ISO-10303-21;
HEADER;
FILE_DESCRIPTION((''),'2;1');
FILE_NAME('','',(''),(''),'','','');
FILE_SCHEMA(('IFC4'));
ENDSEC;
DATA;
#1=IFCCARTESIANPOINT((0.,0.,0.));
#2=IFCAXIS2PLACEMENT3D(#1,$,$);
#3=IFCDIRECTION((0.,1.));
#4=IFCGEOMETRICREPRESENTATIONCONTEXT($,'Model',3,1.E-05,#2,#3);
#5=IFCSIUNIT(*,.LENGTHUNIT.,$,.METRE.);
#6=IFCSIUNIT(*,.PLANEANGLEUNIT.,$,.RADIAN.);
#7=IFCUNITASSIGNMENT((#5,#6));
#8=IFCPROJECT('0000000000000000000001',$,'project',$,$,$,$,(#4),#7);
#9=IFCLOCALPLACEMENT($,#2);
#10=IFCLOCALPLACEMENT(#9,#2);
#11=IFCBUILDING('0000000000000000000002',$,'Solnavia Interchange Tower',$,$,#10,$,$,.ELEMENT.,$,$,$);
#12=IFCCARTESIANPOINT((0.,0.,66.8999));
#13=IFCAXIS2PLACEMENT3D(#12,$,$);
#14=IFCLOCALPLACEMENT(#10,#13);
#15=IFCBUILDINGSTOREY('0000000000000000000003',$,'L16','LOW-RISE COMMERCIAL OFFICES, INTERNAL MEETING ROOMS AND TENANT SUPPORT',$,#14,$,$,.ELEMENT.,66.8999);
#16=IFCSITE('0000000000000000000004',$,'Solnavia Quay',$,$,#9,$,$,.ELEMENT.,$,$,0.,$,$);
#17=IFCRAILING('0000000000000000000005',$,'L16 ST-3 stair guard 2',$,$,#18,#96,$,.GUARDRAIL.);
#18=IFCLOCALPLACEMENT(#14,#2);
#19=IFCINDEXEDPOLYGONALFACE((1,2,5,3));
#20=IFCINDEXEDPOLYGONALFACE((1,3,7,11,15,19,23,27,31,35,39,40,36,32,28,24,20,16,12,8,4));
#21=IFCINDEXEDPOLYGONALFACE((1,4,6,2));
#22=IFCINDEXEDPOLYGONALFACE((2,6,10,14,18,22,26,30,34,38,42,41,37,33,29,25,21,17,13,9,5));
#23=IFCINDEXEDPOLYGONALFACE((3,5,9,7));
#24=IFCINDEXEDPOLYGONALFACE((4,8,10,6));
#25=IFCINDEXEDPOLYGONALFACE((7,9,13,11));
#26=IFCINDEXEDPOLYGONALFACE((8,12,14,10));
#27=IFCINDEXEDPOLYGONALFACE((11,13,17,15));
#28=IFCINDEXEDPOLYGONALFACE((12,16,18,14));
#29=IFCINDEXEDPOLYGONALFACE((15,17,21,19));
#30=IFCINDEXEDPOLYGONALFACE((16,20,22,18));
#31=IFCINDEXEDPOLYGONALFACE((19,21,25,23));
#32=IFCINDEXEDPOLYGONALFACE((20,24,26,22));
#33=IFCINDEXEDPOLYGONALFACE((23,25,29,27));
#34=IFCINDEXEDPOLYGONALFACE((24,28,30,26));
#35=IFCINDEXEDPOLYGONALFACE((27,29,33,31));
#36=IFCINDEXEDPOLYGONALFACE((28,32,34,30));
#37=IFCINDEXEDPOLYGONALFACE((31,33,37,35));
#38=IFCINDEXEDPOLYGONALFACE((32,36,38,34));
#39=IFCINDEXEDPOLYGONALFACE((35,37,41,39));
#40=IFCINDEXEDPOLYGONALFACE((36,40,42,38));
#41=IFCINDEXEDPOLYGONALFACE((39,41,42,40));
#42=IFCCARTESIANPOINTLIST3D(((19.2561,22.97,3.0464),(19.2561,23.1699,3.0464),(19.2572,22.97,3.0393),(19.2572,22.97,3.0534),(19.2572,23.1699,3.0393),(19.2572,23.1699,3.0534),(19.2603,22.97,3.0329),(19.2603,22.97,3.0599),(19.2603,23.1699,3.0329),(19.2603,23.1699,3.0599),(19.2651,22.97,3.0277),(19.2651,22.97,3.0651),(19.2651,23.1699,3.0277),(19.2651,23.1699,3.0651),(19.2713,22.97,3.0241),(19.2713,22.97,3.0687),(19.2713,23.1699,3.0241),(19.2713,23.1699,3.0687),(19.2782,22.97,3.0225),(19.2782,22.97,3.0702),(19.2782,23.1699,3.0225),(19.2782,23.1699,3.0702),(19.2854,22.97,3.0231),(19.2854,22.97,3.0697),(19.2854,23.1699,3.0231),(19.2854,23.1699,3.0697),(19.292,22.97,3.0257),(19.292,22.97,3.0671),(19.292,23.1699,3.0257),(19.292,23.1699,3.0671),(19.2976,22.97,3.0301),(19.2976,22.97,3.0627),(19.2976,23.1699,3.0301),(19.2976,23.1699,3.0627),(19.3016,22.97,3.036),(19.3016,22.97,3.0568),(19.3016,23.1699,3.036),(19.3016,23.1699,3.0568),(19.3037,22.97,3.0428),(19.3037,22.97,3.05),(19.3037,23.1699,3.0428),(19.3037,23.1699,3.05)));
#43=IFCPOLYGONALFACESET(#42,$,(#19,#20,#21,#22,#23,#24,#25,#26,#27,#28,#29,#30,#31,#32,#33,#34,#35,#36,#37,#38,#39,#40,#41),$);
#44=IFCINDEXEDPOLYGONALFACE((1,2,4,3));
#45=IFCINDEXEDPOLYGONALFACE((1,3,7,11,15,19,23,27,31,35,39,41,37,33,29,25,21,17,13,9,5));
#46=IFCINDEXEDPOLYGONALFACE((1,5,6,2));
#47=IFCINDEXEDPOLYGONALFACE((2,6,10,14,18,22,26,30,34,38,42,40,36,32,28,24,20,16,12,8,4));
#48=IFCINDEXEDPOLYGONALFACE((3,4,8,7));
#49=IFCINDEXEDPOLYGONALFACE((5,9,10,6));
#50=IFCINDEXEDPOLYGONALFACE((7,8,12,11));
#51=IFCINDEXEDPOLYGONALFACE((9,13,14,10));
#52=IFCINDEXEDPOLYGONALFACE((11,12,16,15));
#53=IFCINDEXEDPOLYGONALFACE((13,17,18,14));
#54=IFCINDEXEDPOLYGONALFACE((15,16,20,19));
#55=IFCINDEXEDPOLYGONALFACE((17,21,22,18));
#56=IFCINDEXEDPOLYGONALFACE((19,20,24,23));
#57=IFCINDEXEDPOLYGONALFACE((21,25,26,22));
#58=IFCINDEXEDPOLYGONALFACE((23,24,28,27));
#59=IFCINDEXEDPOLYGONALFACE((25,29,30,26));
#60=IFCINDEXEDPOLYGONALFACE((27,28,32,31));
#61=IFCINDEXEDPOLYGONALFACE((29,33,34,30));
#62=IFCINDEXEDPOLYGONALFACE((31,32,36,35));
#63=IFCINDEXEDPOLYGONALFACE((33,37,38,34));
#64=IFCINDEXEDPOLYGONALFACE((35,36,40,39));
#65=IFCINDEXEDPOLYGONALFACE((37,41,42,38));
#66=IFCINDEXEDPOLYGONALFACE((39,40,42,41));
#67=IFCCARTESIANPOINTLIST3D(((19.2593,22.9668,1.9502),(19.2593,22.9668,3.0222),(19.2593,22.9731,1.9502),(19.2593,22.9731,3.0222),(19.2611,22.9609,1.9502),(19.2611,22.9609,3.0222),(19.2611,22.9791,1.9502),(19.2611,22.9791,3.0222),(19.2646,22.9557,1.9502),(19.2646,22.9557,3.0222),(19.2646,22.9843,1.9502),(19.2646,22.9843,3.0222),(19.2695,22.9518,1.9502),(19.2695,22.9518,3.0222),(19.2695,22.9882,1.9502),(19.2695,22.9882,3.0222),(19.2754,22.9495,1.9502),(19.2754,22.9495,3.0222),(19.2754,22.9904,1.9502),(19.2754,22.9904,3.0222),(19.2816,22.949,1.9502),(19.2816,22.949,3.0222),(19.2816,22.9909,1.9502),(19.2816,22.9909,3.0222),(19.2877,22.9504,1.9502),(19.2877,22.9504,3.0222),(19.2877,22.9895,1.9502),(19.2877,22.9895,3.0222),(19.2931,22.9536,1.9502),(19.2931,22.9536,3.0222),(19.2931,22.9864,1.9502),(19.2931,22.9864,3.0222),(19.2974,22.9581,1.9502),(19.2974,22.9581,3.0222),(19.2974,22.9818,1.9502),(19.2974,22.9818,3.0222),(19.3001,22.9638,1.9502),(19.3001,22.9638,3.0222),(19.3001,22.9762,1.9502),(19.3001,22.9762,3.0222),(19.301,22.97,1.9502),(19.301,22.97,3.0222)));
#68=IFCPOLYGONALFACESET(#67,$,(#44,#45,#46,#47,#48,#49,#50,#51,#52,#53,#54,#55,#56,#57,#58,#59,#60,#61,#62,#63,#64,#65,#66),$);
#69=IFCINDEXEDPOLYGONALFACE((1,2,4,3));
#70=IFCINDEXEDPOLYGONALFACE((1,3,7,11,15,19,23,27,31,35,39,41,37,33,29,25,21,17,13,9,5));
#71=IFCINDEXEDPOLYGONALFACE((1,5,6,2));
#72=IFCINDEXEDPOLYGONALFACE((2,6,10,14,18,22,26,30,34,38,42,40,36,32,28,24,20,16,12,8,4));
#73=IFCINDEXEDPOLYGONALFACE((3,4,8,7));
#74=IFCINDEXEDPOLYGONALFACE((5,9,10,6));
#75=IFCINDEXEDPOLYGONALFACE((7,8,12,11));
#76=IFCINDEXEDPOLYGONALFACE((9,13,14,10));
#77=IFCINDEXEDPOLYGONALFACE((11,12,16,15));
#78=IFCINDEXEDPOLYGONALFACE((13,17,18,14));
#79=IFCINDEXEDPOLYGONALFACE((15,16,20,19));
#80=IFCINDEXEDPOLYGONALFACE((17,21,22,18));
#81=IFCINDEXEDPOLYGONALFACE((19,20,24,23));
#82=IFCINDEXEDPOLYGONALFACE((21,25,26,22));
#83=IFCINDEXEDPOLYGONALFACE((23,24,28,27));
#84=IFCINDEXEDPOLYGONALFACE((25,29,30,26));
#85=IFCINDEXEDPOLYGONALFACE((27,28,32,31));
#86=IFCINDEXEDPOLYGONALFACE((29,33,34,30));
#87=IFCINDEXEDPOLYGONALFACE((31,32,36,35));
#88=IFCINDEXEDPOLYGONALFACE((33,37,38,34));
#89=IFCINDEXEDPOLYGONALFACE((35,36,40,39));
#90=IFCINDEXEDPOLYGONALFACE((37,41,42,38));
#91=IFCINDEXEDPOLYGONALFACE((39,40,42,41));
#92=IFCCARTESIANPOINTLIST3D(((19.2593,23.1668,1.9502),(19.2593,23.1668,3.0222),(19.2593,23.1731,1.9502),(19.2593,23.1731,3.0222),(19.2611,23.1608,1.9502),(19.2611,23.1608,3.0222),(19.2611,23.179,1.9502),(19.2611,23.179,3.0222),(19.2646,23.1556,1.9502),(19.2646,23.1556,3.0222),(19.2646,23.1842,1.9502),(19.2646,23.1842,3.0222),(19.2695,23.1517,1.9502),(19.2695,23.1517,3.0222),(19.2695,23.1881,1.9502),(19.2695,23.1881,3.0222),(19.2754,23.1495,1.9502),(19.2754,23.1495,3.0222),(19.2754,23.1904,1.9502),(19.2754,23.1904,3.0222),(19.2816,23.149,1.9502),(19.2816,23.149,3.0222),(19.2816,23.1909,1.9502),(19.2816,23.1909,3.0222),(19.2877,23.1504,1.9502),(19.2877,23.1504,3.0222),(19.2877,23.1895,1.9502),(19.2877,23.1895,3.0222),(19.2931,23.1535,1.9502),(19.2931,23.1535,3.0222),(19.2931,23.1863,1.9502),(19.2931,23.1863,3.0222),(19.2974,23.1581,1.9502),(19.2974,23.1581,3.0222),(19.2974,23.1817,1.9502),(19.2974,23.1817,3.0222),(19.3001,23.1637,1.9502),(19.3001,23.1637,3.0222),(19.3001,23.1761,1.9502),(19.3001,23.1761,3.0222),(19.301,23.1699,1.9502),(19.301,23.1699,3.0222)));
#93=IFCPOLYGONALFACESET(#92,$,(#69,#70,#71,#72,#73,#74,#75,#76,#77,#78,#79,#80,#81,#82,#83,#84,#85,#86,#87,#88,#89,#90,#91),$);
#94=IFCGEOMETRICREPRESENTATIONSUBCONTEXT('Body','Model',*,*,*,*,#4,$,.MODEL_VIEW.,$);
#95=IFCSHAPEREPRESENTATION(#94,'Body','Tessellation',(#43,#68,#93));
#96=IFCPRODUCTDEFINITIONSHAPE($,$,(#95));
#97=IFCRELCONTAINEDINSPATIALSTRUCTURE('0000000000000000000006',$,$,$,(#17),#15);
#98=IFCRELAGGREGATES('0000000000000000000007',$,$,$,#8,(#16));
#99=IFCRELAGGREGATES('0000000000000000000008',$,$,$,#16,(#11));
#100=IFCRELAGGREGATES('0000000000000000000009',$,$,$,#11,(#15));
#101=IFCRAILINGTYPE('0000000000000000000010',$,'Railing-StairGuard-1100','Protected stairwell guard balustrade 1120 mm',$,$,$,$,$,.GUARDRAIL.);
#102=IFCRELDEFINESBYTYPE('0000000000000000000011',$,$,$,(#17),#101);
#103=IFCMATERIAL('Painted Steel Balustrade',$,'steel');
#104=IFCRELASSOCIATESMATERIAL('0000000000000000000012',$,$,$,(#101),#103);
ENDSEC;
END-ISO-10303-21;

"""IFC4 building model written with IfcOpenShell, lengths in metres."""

from ifc_helpers import new_model, si_unit, direction, frame, origin, origin_2d, place, context, subcontext, project, spatial, circle, extrude, material, type_object, element, save


model = new_model("IFC4")

# Units and contexts
model_context = context("Model", 3, precision=1e-05, world=origin(), true_north=direction((0.0, 1.0)))
body_context = subcontext(model_context, "Body", "Model", "MODEL_VIEW")
ifc_project = project(units=[si_unit("LENGTHUNIT", "METRE"), si_unit("PLANEANGLEUNIT", "RADIAN")], contexts=[model_context])

# Site, building, storey
site_placement = place(None, origin())
site = spatial("IfcSite", under=ifc_project, at=site_placement, Name="Solnavia Quay", CompositionType="ELEMENT", RefElevation=0.0)
building_placement = place(site_placement, origin())
building = spatial("IfcBuilding", under=site, at=building_placement, Name="Solnavia Interchange Tower", CompositionType="ELEMENT")
storey_placement = place(building_placement, frame((0.0, 0.0, 66.8999)))
storey = spatial("IfcBuildingStorey", under=building, at=storey_placement, Name="L16", Description="LOW-RISE COMMERCIAL OFFICES, INTERNAL MEETING ROOMS AND TENANT SUPPORT", CompositionType="ELEMENT", Elevation=66.8999)

# Railing
ifc_material_1 = material(Name="Painted Steel Balustrade", Category="steel")
railing_type_1 = type_object("IfcRailingType", Name="Railing-StairGuard-1100", Description="Protected stairwell guard balustrade 1120 mm", PredefinedType="GUARDRAIL", material=ifc_material_1)
railing_1_placement = place(storey_placement, frame((19.28, 22.97, 1.9502)))
element("IfcRailing", 1, at=railing_1_placement, inside=storey, type_object=railing_type_1, Name="L16 ST-3 stair guard 2", PredefinedType="GUARDRAIL", context=body_context, shape_type="SweptSolid", body=[
    extrude(circle(Radius=0.0239, at=origin_2d()), frame((0.0, 0.0, 1.0962), z_axis=(0.0, 1.0, 0.0), x_axis=(-1.0, 0.0, 0.0)), (0.0, 0.0, 1.0), 0.2),
    extrude(circle(Radius=0.021, at=origin_2d()), origin(), (0.0, 0.0, 1.0), 1.072),
    extrude(circle(Radius=0.021, at=origin_2d()), frame((0.0, 0.2, 0.0)), (0.0, 0.0, 1.0), 1.072),
])

save(model, "model.ifc")
